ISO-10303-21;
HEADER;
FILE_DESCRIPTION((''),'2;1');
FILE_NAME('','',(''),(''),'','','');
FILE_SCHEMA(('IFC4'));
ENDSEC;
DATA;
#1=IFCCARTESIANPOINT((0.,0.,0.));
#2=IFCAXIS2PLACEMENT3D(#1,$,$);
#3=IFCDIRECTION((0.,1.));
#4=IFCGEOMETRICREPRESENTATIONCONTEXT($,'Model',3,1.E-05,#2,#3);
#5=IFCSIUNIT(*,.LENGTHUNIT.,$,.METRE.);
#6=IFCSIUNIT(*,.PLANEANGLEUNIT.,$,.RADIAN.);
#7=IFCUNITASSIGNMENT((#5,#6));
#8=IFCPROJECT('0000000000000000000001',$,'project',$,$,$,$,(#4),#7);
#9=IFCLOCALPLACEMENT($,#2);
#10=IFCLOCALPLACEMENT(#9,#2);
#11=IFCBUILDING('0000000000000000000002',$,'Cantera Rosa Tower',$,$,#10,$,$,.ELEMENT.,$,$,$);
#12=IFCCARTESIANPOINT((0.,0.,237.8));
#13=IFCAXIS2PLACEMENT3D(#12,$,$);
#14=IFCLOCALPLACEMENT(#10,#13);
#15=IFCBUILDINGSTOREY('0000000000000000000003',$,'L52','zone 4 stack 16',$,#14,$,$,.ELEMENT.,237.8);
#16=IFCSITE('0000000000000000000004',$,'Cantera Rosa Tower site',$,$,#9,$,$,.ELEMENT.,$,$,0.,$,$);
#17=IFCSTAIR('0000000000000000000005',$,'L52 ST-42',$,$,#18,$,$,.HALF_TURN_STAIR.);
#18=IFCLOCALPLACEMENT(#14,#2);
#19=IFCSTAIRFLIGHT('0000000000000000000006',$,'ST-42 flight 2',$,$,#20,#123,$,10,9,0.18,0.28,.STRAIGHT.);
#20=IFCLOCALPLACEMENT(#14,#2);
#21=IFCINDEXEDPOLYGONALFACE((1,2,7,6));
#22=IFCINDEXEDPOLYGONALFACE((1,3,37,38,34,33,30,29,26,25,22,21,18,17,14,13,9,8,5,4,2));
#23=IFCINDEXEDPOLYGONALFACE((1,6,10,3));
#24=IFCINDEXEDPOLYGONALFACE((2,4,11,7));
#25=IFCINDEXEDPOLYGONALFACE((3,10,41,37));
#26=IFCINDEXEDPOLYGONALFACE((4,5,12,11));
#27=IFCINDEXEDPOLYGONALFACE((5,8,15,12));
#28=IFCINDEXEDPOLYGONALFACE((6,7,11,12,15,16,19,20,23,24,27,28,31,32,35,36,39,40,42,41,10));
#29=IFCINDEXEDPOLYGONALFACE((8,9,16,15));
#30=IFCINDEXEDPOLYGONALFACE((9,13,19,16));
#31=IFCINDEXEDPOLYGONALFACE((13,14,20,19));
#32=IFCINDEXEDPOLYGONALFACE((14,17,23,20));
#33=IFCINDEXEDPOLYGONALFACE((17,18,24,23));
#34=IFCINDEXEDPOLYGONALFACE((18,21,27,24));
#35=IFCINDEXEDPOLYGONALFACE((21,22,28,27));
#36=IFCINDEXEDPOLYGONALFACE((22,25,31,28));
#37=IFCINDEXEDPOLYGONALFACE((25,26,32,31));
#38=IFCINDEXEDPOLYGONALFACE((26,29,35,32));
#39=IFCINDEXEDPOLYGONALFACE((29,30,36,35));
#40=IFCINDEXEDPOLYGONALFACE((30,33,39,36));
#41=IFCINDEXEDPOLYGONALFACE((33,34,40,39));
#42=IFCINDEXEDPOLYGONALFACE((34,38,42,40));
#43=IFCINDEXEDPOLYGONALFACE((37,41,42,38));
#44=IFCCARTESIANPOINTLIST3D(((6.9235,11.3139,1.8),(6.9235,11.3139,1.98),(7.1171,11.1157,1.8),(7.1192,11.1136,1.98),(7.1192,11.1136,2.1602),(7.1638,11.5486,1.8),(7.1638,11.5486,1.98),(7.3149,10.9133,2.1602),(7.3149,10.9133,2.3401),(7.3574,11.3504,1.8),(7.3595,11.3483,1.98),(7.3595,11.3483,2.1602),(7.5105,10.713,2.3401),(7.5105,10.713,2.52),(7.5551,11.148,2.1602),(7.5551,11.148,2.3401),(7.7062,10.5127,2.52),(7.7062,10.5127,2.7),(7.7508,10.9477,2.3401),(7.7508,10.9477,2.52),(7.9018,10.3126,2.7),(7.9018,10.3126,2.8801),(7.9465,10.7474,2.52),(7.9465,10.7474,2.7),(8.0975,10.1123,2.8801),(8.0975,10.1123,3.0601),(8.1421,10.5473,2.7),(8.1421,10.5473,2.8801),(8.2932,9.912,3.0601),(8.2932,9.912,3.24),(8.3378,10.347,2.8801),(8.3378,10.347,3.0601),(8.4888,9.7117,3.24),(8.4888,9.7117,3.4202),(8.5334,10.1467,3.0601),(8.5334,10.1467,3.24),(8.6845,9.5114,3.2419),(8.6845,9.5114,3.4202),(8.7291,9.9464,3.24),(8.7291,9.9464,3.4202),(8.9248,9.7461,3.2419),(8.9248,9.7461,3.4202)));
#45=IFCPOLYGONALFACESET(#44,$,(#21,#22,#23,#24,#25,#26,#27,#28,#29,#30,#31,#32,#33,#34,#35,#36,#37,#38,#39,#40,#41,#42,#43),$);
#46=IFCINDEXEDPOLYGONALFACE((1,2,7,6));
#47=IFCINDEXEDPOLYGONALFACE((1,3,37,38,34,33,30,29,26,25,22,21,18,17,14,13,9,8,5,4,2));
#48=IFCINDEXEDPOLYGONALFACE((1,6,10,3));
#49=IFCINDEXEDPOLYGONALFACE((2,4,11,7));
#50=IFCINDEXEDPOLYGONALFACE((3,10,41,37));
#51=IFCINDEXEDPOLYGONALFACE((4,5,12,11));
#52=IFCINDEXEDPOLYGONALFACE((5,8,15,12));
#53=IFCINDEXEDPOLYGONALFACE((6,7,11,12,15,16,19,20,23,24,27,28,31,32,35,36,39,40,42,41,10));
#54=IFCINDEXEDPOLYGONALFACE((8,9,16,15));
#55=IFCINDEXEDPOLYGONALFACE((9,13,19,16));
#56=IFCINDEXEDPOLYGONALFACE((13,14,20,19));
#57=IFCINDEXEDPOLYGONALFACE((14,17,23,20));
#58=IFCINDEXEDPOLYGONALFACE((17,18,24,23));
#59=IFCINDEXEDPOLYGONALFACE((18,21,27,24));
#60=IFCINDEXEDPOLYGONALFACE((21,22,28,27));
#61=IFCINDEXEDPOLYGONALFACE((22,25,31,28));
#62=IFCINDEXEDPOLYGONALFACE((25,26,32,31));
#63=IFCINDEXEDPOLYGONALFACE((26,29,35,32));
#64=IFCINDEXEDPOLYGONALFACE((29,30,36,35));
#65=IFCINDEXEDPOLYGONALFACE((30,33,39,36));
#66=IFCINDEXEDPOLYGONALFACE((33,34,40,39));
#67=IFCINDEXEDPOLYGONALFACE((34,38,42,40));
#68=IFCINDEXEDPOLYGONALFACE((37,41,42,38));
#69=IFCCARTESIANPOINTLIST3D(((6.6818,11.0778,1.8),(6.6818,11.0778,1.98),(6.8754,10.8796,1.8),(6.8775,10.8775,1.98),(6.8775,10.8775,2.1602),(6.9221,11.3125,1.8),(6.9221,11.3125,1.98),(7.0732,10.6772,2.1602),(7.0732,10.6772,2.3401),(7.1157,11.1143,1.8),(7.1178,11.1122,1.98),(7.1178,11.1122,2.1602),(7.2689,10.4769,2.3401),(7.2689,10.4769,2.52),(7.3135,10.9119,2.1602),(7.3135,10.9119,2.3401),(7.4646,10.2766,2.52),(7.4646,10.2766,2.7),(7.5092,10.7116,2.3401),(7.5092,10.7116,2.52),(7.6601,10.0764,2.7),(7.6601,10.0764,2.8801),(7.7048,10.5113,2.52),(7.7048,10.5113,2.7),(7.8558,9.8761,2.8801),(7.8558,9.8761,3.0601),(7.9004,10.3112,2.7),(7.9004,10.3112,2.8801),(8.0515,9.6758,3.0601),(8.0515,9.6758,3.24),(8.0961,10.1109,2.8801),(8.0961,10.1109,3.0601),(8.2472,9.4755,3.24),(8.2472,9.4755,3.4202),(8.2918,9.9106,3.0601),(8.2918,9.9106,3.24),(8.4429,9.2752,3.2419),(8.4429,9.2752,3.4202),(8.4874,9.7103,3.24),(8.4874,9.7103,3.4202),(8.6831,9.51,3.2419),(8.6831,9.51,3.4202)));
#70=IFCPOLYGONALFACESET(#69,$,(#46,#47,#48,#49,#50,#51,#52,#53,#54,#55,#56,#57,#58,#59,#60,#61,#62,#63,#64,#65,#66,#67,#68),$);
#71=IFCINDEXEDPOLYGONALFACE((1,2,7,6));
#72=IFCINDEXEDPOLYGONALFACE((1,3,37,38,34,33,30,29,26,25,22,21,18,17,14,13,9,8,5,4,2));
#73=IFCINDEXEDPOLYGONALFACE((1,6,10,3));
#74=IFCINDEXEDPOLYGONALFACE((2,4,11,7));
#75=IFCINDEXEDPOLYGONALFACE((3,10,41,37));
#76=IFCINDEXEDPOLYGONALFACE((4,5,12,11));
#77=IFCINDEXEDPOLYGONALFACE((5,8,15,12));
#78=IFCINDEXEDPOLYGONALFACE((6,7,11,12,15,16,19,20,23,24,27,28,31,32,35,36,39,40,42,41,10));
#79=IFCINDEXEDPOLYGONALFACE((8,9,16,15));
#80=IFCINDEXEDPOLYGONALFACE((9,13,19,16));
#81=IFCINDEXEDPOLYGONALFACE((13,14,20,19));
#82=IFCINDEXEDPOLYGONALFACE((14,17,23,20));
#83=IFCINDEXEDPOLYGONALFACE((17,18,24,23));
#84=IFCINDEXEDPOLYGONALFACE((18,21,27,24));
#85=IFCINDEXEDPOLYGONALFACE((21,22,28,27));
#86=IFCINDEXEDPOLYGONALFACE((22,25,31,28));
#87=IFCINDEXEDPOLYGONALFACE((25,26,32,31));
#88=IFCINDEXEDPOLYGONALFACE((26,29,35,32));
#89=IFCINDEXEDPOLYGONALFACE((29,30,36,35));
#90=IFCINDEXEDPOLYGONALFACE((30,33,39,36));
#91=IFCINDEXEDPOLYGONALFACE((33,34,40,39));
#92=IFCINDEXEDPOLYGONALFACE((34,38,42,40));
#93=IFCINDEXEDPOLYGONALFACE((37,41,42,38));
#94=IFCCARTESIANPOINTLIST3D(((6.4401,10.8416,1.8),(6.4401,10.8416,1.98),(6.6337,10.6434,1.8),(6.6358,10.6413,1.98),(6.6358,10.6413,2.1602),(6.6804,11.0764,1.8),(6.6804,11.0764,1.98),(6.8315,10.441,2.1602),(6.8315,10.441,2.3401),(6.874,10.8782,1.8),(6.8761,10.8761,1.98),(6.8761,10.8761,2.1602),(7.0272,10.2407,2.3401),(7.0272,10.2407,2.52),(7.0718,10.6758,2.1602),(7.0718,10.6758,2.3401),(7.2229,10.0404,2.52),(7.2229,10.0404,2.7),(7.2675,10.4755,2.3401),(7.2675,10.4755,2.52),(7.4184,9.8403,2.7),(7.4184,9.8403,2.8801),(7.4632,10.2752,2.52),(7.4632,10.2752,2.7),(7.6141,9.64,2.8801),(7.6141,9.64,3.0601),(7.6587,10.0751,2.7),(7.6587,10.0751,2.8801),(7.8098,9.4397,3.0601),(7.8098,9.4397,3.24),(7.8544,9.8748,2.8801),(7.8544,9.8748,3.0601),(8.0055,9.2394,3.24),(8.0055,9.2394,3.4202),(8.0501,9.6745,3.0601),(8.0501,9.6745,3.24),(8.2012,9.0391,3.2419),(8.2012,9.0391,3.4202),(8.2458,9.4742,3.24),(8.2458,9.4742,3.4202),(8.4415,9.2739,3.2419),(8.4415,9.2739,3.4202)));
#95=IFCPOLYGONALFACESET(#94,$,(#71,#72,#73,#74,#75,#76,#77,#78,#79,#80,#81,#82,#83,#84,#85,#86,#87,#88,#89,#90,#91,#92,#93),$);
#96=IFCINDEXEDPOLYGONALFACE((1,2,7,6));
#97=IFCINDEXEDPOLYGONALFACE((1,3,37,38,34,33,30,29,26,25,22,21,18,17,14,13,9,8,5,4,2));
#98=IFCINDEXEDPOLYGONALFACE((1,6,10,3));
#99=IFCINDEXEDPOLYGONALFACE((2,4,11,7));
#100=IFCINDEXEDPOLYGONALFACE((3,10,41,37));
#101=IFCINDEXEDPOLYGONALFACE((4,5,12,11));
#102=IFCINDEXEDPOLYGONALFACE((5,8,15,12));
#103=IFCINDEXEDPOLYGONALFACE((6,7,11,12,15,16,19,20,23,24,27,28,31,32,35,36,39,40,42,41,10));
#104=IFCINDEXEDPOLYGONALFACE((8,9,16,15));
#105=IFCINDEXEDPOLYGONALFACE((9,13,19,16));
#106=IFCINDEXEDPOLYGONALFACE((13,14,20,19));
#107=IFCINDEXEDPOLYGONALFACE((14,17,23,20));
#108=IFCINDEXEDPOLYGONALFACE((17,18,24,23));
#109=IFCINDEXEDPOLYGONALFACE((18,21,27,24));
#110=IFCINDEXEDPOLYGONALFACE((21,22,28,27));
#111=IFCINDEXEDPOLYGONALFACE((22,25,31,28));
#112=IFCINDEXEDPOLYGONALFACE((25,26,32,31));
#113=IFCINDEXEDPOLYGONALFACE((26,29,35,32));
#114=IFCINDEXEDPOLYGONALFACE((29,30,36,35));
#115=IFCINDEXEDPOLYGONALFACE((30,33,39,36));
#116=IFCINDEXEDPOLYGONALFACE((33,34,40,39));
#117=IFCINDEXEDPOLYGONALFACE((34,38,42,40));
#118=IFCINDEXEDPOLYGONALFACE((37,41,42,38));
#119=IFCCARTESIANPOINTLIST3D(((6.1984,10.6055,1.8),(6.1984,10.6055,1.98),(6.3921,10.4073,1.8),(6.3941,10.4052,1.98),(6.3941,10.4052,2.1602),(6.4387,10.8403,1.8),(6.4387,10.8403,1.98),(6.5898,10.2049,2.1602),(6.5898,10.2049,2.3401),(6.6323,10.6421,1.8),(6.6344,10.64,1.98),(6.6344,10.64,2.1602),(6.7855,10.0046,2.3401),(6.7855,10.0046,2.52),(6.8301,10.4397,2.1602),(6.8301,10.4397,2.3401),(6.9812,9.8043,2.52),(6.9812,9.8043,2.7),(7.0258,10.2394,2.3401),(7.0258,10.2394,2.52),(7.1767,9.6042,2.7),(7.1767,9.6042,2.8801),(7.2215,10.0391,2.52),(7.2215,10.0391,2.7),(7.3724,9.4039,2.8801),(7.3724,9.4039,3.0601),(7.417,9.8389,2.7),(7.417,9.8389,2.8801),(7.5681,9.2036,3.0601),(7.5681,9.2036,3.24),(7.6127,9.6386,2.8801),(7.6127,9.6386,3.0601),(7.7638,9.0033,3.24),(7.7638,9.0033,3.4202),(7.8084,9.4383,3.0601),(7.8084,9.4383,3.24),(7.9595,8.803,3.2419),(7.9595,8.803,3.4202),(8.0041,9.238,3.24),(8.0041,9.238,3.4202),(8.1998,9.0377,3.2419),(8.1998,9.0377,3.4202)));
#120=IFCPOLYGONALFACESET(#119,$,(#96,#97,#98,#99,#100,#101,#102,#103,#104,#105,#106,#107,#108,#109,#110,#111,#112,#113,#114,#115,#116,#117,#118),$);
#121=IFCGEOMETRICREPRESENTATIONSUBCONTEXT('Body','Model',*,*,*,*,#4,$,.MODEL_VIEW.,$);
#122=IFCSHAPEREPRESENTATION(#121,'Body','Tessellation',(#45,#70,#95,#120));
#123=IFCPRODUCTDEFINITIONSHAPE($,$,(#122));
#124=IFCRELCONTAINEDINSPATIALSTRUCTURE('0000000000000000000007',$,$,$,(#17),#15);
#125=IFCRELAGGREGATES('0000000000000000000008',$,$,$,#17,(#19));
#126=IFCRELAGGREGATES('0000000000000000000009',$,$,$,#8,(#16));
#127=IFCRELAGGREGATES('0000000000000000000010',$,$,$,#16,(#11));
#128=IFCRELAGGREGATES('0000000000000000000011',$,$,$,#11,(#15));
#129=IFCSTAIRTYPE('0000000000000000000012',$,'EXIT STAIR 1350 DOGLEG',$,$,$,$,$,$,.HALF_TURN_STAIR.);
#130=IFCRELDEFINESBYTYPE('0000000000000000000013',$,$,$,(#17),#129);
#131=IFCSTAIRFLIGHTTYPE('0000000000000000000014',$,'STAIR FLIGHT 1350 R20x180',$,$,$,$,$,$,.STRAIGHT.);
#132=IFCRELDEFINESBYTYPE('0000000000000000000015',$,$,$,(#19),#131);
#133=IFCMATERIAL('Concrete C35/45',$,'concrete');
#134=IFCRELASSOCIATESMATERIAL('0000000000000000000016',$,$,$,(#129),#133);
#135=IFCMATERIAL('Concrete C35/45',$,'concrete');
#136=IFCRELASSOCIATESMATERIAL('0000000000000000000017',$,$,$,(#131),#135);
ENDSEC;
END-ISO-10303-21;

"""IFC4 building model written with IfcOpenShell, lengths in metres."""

from ifc_helpers import new_model, si_unit, direction, frame, origin, place, context, subcontext, project, spatial, polyline, outline, extrude, material, type_object, element, aggregate, save


model = new_model("IFC4")

# Units and contexts
model_context = context("Model", 3, precision=1e-05, world=origin(), true_north=direction((0.0, 1.0)))
body_context = subcontext(model_context, "Body", "Model", "MODEL_VIEW")
ifc_project = project(units=[si_unit("LENGTHUNIT", "METRE"), si_unit("PLANEANGLEUNIT", "RADIAN")], contexts=[model_context])

# Site, building, storey
site_placement = place(None, origin())
site = spatial("IfcSite", under=ifc_project, at=site_placement, Name="Cantera Rosa Tower site", CompositionType="ELEMENT", RefElevation=0.0)
building_placement = place(site_placement, origin())
building = spatial("IfcBuilding", under=site, at=building_placement, Name="Cantera Rosa Tower", CompositionType="ELEMENT")
storey_placement = place(building_placement, frame((0.0, 0.0, 237.8)))
storey = spatial("IfcBuildingStorey", under=building, at=storey_placement, Name="L52", Description="zone 4 stack 16", CompositionType="ELEMENT", Elevation=237.8)

# Stair, stair flight
ifc_material_1 = material(Name="Concrete C35/45", Category="concrete")
stair_type = type_object("IfcStairType", Name="EXIT STAIR 1350 DOGLEG", PredefinedType="HALF_TURN_STAIR", material=ifc_material_1)
stair_placement = place(storey_placement, origin())
stair = element("IfcStair", 1, at=stair_placement, inside=storey, type_object=stair_type, Name="L52 ST-42", PredefinedType="HALF_TURN_STAIR")
ifc_material_2 = material(Name="Concrete C35/45", Category="concrete")
stair_flight_type = type_object("IfcStairFlightType", Name="STAIR FLIGHT 1350 R20x180", PredefinedType="STRAIGHT", material=ifc_material_2)
stair_flight_1_placement = place(storey_placement, frame((6.6809, 11.0769, 1.8), z_axis=(0.0, 0.0, 1.0), x_axis=(0.698832, -0.715286, 0.0)))
stair_flight_1 = element("IfcStairFlight", 2, at=stair_flight_1_placement, type_object=stair_flight_type, Name="ST-42 flight 2", NumberOfRisers=10, NumberOfTreads=9, PredefinedType="STRAIGHT", RiserHeight=0.18, TreadLength=0.28, context=body_context, shape_type="SweptSolid", body=[
    extrude(outline(polyline([(0.0, 0.0), (0.0, 0.1799), (0.28, 0.1799), (0.28, 0.3601), (0.5601, 0.3601), (0.5601, 0.54), (0.8401, 0.54), (0.8401, 0.72), (1.1201, 0.72), (1.1201, 0.8999), (1.3999, 0.8999), (1.3999, 1.0801), (1.6799, 1.0801), (1.6799, 1.26), (1.96, 1.26), (1.96, 1.4399), (2.24, 1.4399), (2.24, 1.6201), (2.52, 1.6201), (2.52, 1.8), (2.52, 1.4419), (0.2771, 0.0), (0.0, 0.0)])), frame((0.0, 0.675, 0.0), z_axis=(0.0, -1.0, 0.0), x_axis=(1.0, 0.0, 0.0)), (0.0, 0.0, 1.0), 0.3359),
    extrude(outline(polyline([(0.0, 0.0), (0.0, 0.1799), (0.28, 0.1799), (0.28, 0.3601), (0.5601, 0.3601), (0.5601, 0.54), (0.8401, 0.54), (0.8401, 0.72), (1.1201, 0.72), (1.1201, 0.8999), (1.3999, 0.8999), (1.3999, 1.0801), (1.6799, 1.0801), (1.6799, 1.26), (1.96, 1.26), (1.96, 1.4399), (2.24, 1.4399), (2.24, 1.6201), (2.52, 1.6201), (2.52, 1.8), (2.52, 1.4419), (0.2771, 0.0), (0.0, 0.0)])), frame((0.0, 0.3372, 0.0), z_axis=(0.0, -1.0, 0.0), x_axis=(1.0, 0.0, 0.0)), (0.0, 0.0, 1.0), 0.3359),
    extrude(outline(polyline([(0.0, 0.0), (0.0, 0.1799), (0.28, 0.1799), (0.28, 0.3601), (0.5601, 0.3601), (0.5601, 0.54), (0.8401, 0.54), (0.8401, 0.72), (1.1201, 0.72), (1.1201, 0.8999), (1.3999, 0.8999), (1.3999, 1.0801), (1.6799, 1.0801), (1.6799, 1.26), (1.96, 1.26), (1.96, 1.4399), (2.24, 1.4399), (2.24, 1.6201), (2.52, 1.6201), (2.52, 1.8), (2.52, 1.4419), (0.2771, 0.0), (0.0, 0.0)])), frame((0.0, -0.0007, 0.0), z_axis=(0.0, -1.0, 0.0), x_axis=(1.0, 0.0, 0.0)), (0.0, 0.0, 1.0), 0.3359),
    extrude(outline(polyline([(0.0, 0.0), (0.0, 0.1799), (0.28, 0.1799), (0.28, 0.3601), (0.5601, 0.3601), (0.5601, 0.54), (0.8401, 0.54), (0.8401, 0.72), (1.1201, 0.72), (1.1201, 0.8999), (1.3999, 0.8999), (1.3999, 1.0801), (1.6799, 1.0801), (1.6799, 1.26), (1.96, 1.26), (1.96, 1.4399), (2.24, 1.4399), (2.24, 1.6201), (2.52, 1.6201), (2.52, 1.8), (2.52, 1.4419), (0.2771, 0.0), (0.0, 0.0)])), frame((0.0, -0.3386, 0.0), z_axis=(0.0, -1.0, 0.0), x_axis=(1.0, 0.0, 0.0)), (0.0, 0.0, 1.0), 0.3359),
])
aggregate(stair, [stair_flight_1])

save(model, "model.ifc")
